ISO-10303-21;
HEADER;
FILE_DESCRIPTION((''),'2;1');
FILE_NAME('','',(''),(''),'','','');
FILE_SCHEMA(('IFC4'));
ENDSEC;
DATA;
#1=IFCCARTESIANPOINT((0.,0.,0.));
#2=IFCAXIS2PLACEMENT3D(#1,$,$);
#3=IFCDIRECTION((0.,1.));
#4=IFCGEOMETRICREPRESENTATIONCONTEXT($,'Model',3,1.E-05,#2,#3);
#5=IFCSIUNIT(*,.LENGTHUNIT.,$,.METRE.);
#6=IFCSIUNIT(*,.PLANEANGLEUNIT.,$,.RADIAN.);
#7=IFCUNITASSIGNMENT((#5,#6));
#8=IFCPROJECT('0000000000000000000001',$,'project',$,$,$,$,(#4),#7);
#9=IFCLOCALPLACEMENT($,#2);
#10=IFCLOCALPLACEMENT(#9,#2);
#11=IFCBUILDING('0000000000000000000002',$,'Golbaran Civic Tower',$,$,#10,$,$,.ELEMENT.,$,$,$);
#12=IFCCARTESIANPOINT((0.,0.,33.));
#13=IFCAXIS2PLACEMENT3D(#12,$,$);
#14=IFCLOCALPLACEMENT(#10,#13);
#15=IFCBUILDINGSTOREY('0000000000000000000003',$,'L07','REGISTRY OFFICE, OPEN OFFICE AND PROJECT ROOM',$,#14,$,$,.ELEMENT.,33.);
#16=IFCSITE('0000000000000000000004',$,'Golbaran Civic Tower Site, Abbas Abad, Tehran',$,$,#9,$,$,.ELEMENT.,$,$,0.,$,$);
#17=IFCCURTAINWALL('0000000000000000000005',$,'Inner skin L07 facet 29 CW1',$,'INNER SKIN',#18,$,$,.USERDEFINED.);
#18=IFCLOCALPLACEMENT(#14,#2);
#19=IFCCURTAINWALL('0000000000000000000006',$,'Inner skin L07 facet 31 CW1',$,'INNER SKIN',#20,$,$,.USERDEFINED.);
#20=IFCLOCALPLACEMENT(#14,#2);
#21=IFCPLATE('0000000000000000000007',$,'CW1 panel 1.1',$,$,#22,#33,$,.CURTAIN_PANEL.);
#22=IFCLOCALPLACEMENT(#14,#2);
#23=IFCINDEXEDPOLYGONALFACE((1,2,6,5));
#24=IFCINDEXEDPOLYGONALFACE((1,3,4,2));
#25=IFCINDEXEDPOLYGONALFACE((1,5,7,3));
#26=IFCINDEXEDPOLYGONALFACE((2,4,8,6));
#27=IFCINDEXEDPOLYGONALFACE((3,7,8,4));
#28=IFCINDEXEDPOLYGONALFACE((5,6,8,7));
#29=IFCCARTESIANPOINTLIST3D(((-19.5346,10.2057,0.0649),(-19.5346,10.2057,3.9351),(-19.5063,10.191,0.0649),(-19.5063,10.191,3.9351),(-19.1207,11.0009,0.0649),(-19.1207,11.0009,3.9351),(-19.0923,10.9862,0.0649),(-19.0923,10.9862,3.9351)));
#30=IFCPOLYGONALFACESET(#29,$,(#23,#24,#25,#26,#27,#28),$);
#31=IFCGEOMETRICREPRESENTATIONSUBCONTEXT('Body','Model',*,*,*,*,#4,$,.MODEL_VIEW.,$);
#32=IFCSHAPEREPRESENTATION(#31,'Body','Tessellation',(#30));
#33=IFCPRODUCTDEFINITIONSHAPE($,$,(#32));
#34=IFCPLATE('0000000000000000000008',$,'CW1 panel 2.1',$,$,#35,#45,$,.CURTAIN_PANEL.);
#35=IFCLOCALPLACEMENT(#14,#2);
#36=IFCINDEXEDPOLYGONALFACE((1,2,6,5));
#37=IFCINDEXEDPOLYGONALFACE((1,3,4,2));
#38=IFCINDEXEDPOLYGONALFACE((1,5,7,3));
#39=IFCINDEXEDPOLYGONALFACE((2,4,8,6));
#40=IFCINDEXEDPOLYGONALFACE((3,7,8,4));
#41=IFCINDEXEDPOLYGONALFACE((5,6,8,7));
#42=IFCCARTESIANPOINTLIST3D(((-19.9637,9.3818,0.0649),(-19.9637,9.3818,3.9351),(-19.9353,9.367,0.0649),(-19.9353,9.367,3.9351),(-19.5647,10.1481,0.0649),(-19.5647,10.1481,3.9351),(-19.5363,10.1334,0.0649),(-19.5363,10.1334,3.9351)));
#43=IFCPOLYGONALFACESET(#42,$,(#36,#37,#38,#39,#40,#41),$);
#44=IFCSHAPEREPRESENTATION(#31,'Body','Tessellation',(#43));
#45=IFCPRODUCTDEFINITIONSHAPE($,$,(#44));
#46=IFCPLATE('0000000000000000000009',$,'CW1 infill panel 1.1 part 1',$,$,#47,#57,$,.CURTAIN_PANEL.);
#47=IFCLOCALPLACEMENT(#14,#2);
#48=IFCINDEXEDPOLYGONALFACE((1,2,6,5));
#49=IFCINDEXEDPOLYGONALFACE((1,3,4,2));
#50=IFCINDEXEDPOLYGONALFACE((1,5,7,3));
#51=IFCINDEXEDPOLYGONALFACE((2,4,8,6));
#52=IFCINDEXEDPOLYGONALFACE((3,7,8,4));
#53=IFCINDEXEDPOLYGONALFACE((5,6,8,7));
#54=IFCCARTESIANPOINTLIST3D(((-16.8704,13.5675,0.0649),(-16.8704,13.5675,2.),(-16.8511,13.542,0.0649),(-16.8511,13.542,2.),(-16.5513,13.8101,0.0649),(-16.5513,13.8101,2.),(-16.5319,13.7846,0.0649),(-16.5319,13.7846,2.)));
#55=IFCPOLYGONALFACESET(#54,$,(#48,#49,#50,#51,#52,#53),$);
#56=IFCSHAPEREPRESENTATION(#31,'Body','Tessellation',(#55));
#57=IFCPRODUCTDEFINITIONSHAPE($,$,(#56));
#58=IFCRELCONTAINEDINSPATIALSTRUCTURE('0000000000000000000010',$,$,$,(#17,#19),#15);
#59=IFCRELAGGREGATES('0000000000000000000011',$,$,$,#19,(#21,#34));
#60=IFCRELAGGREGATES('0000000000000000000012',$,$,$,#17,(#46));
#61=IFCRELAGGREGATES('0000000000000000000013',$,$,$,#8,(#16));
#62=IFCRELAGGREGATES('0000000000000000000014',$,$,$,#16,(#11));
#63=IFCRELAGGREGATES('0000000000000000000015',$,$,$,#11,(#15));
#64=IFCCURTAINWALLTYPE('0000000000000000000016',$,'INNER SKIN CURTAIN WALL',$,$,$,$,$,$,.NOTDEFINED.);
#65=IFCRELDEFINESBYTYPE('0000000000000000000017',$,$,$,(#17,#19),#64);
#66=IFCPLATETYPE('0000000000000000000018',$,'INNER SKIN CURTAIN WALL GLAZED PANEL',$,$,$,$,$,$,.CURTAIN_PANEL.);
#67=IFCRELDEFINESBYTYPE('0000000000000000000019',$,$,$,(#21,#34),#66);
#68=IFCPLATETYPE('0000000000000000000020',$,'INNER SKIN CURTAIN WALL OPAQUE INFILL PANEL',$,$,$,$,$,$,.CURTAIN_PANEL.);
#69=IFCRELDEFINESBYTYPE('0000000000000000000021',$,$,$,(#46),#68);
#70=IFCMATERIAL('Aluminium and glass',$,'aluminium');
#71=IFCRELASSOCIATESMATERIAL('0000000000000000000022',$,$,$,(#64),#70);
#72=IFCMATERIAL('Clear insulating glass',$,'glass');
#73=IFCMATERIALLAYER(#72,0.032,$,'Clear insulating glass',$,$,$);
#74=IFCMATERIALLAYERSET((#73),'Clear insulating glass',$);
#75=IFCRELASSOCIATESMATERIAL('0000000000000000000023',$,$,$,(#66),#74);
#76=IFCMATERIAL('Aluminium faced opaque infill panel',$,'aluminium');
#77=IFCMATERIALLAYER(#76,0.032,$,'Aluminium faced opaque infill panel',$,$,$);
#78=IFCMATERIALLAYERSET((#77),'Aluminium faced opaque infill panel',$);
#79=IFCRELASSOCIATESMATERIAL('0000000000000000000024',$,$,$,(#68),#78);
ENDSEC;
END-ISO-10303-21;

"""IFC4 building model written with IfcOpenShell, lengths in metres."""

from ifc_helpers import new_model, si_unit, direction, frame, origin, origin_2d, place, context, subcontext, project, spatial, rectangle, extrude, material, layer, layer_set, type_object, element, aggregate, save


model = new_model("IFC4")

# Units and contexts
model_context = context("Model", 3, precision=1e-05, world=origin(), true_north=direction((0.0, 1.0)))
body_context = subcontext(model_context, "Body", "Model", "MODEL_VIEW")
ifc_project = project(units=[si_unit("LENGTHUNIT", "METRE"), si_unit("PLANEANGLEUNIT", "RADIAN")], contexts=[model_context])

# Site, building, storey
site_placement = place(None, origin())
site = spatial("IfcSite", under=ifc_project, at=site_placement, Name="Golbaran Civic Tower Site, Abbas Abad, Tehran", CompositionType="ELEMENT", RefElevation=0.0)
building_placement = place(site_placement, origin())
building = spatial("IfcBuilding", under=site, at=building_placement, Name="Golbaran Civic Tower", CompositionType="ELEMENT")
storey_placement = place(building_placement, frame((0.0, 0.0, 33.0)))
storey = spatial("IfcBuildingStorey", under=building, at=storey_placement, Name="L07", Description="REGISTRY OFFICE, OPEN OFFICE AND PROJECT ROOM", CompositionType="ELEMENT", Elevation=33.0)

# Curtain walls
ifc_material_1 = material(Name="Aluminium and glass", Category="aluminium")
curtain_wall_type = type_object("IfcCurtainWallType", Name="INNER SKIN CURTAIN WALL", PredefinedType="NOTDEFINED", material=ifc_material_1)
curtain_wall_1_placement = place(storey_placement, origin())
curtain_wall_1 = element("IfcCurtainWall", 1, at=curtain_wall_1_placement, inside=storey, type_object=curtain_wall_type, Name="Inner skin L07 facet 29 CW1", ObjectType="INNER SKIN", PredefinedType="USERDEFINED")
curtain_wall_2_placement = place(storey_placement, origin())
curtain_wall_2 = element("IfcCurtainWall", 2, at=curtain_wall_2_placement, inside=storey, type_object=curtain_wall_type, Name="Inner skin L07 facet 31 CW1", ObjectType="INNER SKIN", PredefinedType="USERDEFINED")

# Plates
ifc_material_2 = material(Name="Clear insulating glass", Category="glass")
ifc_layer_1 = layer(ifc_material_2, 0.032, Name="Clear insulating glass")
ifc_layer_set_1 = layer_set([ifc_layer_1], Name="Clear insulating glass")
plate_type_1 = type_object("IfcPlateType", Name="INNER SKIN CURTAIN WALL GLAZED PANEL", PredefinedType="CURTAIN_PANEL", material=ifc_layer_set_1)
plate_1_placement = place(storey_placement, frame((-19.3135, 10.5959, 0.0649), z_axis=(0.0, 0.0, 1.0), x_axis=(-0.461749, -0.887011, 0.0)))
plate_1 = element("IfcPlate", 3, at=plate_1_placement, type_object=plate_type_1, Name="CW1 panel 1.1", PredefinedType="CURTAIN_PANEL", context=body_context, shape_type="SweptSolid", body=[
    extrude(rectangle(XDim=0.8965, YDim=0.032, at=origin_2d()), origin(), (0.0, 0.0, 1.0), 3.8701),
])
plate_2_placement = place(storey_placement, frame((-19.75, 9.7576, 0.0649), z_axis=(0.0, 0.0, 1.0), x_axis=(-0.461749, -0.887011, 0.0)))
plate_2 = element("IfcPlate", 4, at=plate_2_placement, type_object=plate_type_1, Name="CW1 panel 2.1", PredefinedType="CURTAIN_PANEL", context=body_context, shape_type="SweptSolid", body=[
    extrude(rectangle(XDim=0.864, YDim=0.032, at=origin_2d()), origin(), (0.0, 0.0, 1.0), 3.8701),
])
aggregate(curtain_wall_2, [plate_1, plate_2])
ifc_material_3 = material(Name="Aluminium faced opaque infill panel", Category="aluminium")
ifc_layer_2 = layer(ifc_material_3, 0.032, Name="Aluminium faced opaque infill panel")
ifc_layer_set_2 = layer_set([ifc_layer_2], Name="Aluminium faced opaque infill panel")
plate_type_2 = type_object("IfcPlateType", Name="INNER SKIN CURTAIN WALL OPAQUE INFILL PANEL", PredefinedType="CURTAIN_PANEL", material=ifc_layer_set_2)
plate_3_placement = place(storey_placement, frame((-16.7012, 13.676, 0.0649), z_axis=(0.0, 0.0, 1.0), x_axis=(-0.796108, -0.605154, 0.0)))
plate_3 = element("IfcPlate", 5, at=plate_3_placement, type_object=plate_type_2, Name="CW1 infill panel 1.1 part 1", PredefinedType="CURTAIN_PANEL", context=body_context, shape_type="SweptSolid", body=[
    extrude(rectangle(XDim=0.4009, YDim=0.032, at=origin_2d()), origin(), (0.0, 0.0, 1.0), 1.9351),
])
aggregate(curtain_wall_1, [plate_3])

save(model, "model.ifc")
